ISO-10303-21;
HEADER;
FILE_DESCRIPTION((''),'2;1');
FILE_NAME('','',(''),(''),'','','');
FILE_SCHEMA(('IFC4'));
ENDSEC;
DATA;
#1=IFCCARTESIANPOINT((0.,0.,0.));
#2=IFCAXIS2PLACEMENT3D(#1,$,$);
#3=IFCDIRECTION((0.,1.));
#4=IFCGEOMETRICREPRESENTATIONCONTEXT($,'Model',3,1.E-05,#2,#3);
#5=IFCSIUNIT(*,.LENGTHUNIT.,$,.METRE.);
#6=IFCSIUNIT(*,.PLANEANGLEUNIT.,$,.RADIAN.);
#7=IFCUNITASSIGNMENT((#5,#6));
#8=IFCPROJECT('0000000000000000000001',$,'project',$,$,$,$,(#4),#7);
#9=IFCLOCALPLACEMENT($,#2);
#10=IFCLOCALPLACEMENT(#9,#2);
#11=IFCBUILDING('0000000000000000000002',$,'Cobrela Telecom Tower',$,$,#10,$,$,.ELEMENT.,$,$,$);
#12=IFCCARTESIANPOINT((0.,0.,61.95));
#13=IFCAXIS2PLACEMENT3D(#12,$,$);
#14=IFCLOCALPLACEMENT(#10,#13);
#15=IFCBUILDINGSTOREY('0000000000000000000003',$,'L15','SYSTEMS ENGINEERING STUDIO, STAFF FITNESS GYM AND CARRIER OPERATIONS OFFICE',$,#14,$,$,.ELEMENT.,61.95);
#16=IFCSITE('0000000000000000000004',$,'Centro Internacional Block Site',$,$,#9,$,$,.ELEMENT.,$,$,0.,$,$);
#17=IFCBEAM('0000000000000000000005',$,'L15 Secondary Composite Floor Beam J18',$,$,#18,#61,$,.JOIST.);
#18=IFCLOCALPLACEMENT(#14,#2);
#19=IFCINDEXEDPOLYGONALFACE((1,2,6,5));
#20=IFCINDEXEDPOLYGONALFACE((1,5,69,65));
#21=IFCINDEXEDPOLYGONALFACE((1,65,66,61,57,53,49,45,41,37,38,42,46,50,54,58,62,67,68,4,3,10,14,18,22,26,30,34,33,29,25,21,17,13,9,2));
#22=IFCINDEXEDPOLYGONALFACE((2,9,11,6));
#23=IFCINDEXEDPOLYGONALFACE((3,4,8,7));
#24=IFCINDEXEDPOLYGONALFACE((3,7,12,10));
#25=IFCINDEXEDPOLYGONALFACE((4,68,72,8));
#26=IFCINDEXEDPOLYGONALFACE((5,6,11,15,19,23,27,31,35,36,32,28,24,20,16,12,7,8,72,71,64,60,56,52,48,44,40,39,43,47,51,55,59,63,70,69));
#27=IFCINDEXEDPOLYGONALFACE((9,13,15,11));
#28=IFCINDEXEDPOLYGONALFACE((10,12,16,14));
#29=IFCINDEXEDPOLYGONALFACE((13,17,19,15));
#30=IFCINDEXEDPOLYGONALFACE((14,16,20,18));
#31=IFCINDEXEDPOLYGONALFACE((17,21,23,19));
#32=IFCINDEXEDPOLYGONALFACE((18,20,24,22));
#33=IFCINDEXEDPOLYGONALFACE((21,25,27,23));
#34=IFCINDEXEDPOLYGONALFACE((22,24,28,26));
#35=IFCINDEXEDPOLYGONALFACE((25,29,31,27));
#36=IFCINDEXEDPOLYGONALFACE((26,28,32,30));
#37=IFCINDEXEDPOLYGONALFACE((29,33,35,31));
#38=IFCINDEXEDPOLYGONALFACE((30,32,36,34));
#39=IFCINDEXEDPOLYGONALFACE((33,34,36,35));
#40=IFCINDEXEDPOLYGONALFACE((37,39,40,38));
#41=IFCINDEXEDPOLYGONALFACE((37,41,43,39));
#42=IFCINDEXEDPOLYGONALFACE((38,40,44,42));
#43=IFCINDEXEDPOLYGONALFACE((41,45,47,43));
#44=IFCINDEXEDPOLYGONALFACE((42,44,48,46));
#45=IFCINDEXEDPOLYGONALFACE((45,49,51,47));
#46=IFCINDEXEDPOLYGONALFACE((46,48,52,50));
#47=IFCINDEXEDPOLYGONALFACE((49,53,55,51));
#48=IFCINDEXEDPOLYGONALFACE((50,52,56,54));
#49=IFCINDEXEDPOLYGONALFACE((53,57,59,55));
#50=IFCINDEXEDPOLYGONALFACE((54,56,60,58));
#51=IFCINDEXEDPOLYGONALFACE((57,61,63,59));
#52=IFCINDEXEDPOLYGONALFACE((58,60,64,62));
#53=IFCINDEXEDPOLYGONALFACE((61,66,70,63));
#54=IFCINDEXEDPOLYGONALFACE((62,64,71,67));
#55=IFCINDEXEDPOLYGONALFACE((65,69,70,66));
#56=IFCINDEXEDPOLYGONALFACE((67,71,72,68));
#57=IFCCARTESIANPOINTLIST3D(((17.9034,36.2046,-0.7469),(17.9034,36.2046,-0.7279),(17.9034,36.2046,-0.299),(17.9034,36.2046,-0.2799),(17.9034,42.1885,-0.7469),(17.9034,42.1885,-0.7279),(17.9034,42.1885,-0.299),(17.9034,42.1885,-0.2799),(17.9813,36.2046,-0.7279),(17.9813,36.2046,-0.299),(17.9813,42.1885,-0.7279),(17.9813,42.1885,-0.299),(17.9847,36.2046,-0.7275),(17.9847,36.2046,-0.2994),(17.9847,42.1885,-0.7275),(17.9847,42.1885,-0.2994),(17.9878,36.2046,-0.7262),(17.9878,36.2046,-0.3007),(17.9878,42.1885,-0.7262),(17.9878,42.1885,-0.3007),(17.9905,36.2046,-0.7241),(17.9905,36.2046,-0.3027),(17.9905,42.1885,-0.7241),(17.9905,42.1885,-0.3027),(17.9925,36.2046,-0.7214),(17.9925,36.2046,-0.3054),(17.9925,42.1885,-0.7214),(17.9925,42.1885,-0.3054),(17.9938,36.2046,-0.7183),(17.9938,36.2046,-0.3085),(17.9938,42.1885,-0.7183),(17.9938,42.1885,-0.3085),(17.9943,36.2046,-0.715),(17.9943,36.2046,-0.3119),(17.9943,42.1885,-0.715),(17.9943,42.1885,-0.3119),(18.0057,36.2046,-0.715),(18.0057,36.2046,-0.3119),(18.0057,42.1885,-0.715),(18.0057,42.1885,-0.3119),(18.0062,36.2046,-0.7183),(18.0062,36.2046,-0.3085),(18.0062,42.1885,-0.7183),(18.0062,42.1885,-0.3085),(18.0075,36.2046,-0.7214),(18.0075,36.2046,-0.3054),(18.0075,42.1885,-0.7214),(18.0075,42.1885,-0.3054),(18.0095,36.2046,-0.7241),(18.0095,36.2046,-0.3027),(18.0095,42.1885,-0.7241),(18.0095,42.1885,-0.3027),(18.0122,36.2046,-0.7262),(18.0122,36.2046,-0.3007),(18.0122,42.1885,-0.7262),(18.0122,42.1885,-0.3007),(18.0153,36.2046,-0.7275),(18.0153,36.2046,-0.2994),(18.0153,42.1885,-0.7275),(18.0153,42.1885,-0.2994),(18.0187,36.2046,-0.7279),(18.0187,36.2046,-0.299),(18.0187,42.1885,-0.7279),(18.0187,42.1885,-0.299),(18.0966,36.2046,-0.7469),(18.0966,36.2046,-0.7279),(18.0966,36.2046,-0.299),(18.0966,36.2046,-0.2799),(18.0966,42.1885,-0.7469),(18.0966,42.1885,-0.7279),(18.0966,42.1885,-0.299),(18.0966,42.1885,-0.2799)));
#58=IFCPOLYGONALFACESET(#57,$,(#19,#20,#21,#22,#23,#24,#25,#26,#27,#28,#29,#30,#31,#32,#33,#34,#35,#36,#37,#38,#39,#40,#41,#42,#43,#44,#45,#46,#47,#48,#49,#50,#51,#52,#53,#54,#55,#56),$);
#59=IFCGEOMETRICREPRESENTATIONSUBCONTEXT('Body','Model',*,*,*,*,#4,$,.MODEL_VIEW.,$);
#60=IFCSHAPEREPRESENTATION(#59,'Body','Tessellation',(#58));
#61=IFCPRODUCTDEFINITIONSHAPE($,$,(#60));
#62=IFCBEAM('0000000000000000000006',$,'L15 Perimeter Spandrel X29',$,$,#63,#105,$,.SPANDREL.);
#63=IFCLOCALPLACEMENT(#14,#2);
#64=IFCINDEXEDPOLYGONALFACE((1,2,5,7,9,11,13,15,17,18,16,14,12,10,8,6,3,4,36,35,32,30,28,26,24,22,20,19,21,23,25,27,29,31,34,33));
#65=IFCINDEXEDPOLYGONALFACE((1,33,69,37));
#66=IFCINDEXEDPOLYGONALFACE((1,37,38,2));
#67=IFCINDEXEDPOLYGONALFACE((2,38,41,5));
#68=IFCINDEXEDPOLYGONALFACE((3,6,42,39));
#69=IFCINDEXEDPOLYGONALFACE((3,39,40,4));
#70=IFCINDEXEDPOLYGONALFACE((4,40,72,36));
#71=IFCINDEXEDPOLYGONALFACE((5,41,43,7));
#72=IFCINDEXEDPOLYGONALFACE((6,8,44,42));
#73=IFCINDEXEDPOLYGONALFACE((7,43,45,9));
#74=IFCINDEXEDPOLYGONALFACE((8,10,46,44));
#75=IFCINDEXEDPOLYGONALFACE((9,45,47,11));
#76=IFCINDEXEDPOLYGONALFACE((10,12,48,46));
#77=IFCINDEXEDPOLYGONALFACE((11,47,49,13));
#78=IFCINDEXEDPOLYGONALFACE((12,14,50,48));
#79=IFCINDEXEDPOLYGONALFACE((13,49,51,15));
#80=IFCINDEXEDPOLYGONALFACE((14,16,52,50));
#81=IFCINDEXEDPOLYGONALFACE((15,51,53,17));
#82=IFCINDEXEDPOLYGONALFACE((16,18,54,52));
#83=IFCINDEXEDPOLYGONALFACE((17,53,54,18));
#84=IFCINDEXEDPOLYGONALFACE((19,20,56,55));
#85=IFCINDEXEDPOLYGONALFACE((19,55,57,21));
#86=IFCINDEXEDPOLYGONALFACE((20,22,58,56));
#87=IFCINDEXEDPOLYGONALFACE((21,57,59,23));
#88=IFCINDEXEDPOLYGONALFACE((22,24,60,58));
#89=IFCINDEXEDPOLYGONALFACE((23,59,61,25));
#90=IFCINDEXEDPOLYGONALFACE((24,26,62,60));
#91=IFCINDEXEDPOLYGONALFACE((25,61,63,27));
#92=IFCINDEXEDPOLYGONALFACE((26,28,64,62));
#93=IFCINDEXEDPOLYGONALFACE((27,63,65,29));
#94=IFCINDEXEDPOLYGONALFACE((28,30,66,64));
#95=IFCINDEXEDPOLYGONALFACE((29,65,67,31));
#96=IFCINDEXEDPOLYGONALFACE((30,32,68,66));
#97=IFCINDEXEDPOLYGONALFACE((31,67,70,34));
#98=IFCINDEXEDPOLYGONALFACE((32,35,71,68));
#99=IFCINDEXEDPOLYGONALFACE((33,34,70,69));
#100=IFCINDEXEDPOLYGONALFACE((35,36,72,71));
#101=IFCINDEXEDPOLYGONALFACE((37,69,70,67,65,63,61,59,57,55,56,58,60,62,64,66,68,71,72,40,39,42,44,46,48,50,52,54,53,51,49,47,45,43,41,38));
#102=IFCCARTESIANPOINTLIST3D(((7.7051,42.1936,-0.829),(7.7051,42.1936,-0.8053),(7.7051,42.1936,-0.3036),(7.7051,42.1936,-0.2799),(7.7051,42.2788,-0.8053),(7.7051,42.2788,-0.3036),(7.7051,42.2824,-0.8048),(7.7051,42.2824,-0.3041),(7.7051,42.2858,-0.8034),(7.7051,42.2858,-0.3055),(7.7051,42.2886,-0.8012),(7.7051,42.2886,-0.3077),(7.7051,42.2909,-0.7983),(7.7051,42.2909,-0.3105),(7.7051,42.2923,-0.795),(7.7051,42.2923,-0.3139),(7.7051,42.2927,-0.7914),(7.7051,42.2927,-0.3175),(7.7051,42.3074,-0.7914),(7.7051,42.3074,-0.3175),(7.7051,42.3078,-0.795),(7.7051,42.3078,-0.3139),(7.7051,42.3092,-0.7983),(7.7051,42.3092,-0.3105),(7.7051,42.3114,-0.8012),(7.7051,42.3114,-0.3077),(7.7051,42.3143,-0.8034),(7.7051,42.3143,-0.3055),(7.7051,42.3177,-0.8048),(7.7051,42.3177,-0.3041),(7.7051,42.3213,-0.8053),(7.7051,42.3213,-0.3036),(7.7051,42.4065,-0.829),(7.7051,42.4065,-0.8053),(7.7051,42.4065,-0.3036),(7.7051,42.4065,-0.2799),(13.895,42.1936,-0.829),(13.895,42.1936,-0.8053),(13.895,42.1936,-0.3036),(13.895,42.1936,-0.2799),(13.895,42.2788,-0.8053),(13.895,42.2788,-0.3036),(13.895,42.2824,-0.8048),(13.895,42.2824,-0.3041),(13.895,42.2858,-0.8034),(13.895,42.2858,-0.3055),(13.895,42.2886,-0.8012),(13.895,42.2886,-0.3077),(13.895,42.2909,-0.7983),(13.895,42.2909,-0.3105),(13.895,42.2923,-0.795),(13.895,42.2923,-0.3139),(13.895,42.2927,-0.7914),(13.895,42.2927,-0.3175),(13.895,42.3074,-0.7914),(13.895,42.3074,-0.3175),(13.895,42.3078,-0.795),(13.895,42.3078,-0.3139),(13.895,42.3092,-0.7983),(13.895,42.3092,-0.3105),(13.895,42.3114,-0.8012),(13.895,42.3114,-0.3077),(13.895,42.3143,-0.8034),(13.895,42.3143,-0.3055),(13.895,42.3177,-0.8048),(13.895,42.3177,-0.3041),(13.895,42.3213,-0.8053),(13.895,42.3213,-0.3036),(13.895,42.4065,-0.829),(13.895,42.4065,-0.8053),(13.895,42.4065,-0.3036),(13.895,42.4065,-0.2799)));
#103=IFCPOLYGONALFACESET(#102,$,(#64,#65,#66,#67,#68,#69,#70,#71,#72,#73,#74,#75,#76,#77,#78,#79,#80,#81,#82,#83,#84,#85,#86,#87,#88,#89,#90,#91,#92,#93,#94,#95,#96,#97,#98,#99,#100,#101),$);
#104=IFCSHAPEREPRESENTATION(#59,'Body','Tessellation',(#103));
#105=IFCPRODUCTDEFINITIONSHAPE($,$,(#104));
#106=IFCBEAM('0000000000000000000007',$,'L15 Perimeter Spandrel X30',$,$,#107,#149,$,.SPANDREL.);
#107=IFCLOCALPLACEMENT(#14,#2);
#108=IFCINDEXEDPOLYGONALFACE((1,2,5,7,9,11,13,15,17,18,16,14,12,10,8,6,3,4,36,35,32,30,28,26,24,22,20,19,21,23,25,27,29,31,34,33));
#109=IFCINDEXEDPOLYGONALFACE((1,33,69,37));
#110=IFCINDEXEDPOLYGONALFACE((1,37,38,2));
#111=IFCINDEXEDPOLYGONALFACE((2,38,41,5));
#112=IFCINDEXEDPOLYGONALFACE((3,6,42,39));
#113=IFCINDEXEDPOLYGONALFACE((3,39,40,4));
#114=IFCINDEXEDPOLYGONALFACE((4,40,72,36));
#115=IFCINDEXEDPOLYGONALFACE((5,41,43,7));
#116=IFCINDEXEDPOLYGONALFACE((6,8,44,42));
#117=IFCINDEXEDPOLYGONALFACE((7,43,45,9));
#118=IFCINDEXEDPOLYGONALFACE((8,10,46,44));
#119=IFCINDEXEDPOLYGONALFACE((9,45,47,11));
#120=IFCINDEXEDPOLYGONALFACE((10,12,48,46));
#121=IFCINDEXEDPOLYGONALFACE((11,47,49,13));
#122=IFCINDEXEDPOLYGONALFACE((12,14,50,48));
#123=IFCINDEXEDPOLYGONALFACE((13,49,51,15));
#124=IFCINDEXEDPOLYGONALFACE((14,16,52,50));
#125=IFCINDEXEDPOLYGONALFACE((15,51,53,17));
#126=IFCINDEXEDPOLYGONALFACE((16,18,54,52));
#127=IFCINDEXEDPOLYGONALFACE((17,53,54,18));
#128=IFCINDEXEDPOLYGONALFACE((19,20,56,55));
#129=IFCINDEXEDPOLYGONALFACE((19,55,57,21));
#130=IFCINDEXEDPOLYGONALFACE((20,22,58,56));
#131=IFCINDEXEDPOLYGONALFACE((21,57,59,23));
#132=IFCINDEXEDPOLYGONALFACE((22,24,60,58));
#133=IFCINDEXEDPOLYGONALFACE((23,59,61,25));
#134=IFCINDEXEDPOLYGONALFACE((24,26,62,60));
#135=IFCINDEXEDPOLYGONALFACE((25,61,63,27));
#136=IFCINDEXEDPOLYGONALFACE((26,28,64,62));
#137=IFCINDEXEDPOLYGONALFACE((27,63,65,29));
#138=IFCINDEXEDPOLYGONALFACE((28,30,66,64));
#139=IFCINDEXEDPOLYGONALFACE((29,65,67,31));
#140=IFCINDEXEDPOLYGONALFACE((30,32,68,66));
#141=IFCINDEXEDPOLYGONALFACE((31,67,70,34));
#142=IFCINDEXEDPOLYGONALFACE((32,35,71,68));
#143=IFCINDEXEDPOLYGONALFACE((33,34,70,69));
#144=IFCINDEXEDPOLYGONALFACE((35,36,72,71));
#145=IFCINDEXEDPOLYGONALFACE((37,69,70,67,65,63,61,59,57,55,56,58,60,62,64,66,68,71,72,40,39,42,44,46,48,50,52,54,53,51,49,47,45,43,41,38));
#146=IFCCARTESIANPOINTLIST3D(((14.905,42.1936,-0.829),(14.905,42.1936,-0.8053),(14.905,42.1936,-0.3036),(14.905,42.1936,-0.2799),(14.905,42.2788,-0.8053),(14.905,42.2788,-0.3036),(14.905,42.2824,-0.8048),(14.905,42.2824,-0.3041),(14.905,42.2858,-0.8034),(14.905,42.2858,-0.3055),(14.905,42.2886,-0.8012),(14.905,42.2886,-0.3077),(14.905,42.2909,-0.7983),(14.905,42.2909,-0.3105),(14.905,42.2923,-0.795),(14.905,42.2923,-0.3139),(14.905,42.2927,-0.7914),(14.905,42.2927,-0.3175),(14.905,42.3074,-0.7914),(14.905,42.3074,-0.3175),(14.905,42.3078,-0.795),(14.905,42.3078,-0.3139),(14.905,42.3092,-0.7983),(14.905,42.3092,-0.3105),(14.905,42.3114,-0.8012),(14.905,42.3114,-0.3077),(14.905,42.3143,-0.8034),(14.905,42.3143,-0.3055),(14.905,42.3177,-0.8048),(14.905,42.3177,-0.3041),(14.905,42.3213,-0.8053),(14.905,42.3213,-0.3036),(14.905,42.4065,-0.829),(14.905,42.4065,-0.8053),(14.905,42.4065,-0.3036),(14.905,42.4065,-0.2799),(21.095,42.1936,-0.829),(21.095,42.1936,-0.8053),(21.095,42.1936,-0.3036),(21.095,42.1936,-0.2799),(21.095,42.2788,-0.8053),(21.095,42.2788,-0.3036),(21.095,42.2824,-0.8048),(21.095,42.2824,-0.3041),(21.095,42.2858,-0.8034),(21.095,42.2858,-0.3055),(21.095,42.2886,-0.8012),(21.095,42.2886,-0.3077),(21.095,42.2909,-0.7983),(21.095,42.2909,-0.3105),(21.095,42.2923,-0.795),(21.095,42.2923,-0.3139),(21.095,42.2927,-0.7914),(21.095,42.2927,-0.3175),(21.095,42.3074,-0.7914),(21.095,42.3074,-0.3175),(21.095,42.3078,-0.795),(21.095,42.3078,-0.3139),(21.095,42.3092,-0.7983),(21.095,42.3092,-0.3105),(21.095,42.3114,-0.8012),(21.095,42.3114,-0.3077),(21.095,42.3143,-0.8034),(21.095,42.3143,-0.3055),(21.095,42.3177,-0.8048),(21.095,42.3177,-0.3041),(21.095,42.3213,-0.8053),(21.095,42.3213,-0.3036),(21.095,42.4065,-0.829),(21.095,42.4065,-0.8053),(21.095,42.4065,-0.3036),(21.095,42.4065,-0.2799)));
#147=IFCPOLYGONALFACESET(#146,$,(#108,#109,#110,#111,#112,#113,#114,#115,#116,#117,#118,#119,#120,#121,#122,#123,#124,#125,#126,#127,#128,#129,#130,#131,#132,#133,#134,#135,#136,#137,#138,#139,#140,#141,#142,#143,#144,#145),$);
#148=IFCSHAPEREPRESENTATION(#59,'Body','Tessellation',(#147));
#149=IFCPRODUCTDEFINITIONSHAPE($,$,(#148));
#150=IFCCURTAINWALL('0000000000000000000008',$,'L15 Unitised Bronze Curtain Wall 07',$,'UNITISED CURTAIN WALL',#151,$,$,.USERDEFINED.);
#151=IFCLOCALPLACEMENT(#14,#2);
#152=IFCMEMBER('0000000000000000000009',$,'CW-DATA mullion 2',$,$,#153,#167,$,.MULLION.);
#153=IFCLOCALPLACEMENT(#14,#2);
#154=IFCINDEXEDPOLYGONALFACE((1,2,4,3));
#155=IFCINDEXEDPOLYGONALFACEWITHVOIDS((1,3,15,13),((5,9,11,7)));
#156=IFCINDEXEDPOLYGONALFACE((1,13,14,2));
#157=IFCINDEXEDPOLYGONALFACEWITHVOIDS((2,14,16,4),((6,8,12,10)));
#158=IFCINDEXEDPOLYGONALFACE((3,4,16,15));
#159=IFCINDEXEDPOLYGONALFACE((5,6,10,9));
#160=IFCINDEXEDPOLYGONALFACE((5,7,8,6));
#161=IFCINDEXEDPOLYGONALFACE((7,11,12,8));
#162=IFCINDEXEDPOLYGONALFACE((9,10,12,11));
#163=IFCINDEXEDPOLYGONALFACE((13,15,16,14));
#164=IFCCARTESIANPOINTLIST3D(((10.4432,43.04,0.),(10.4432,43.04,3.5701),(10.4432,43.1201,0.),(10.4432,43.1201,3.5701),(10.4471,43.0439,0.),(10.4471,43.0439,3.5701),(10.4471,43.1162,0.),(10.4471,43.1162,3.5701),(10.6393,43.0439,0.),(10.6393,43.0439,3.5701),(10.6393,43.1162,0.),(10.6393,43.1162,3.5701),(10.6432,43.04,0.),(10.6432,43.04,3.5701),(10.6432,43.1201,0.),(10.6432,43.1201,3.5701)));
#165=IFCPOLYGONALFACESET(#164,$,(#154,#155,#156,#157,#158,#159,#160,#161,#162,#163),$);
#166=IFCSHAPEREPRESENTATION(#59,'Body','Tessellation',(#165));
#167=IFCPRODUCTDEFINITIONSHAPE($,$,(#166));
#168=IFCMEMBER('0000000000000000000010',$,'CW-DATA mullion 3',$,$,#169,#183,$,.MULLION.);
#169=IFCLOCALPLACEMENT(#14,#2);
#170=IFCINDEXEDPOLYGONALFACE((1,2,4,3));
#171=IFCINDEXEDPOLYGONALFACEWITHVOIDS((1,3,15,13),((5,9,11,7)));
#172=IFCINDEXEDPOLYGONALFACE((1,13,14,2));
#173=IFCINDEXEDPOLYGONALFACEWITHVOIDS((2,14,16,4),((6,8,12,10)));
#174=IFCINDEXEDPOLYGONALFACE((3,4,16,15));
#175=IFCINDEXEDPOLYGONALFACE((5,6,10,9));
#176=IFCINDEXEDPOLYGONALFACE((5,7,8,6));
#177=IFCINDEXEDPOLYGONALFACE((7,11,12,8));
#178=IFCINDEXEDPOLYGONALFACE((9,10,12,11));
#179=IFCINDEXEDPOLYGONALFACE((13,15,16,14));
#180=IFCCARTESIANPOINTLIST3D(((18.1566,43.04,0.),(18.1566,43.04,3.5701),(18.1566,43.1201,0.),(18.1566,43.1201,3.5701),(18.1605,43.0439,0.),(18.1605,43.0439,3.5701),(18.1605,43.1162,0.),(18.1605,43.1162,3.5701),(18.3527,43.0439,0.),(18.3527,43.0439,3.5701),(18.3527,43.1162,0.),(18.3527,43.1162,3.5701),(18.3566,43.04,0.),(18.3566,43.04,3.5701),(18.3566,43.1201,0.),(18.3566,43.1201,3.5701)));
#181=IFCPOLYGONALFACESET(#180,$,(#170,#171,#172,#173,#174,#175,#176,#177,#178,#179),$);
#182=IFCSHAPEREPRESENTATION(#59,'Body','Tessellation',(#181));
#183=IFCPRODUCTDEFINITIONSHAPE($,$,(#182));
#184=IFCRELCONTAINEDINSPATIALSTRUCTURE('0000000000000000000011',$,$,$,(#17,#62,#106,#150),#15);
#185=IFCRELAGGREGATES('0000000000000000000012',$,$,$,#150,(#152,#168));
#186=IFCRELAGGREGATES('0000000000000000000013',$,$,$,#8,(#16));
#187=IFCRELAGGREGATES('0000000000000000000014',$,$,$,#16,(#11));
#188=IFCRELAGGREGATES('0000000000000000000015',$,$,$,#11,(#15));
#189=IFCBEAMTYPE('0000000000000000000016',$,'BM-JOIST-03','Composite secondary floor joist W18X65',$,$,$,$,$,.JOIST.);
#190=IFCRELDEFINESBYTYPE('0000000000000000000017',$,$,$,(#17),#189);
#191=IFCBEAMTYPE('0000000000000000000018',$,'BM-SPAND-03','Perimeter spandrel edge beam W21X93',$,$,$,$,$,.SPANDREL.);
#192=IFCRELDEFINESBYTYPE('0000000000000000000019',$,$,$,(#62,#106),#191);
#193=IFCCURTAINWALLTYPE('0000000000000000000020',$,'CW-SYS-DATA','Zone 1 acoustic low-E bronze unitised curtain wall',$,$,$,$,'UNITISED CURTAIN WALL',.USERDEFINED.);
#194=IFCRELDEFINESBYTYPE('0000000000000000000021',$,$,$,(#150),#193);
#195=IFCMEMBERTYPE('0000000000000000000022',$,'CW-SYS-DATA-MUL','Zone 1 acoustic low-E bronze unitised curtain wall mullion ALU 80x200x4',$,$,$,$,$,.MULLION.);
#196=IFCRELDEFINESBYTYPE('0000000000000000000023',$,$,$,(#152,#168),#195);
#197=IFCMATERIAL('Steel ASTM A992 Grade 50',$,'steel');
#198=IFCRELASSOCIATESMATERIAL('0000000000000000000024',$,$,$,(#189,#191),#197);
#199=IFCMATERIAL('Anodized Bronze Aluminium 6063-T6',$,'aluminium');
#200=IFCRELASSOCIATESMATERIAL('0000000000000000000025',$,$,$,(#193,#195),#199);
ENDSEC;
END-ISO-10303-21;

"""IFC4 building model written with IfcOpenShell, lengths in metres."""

from ifc_helpers import new_model, si_unit, direction, frame, origin, origin_2d, place, context, subcontext, project, spatial, hollow_rectangle, i_section, extrude, material, material_profile, profile_set, type_object, element, aggregate, save


model = new_model("IFC4")

# Units and contexts
model_context = context("Model", 3, precision=1e-05, world=origin(), true_north=direction((0.0, 1.0)))
body_context = subcontext(model_context, "Body", "Model", "MODEL_VIEW")
ifc_project = project(units=[si_unit("LENGTHUNIT", "METRE"), si_unit("PLANEANGLEUNIT", "RADIAN")], contexts=[model_context])

# Site, building, storey
site_placement = place(None, origin())
site = spatial("IfcSite", under=ifc_project, at=site_placement, Name="Centro Internacional Block Site", CompositionType="ELEMENT", RefElevation=0.0)
building_placement = place(site_placement, origin())
building = spatial("IfcBuilding", under=site, at=building_placement, Name="Cobrela Telecom Tower", CompositionType="ELEMENT")
storey_placement = place(building_placement, frame((0.0, 0.0, 61.95)))
storey = spatial("IfcBuildingStorey", under=building, at=storey_placement, Name="L15", Description="SYSTEMS ENGINEERING STUDIO, STAFF FITNESS GYM AND CARRIER OPERATIONS OFFICE", CompositionType="ELEMENT", Elevation=61.95)

# Beams
ifc_material_1 = material(Name="Steel ASTM A992 Grade 50", Category="steel")
ifc_material_profile_1 = material_profile(ifc_material_1, i_section(OverallWidth=0.1931, OverallDepth=0.467, WebThickness=0.0115, FlangeThickness=0.019, FilletRadius=0.0129, at=origin_2d()), Name="W18X65")
ifc_profile_set_1 = profile_set([ifc_material_profile_1], Name="Steel ASTM A992 Grade 50")
beam_type_1 = type_object("IfcBeamType", Name="BM-JOIST-03", Description="Composite secondary floor joist W18X65", PredefinedType="JOIST", material=ifc_profile_set_1)
for number, where, z_axis, x_axis, name in (
    (1, (18.0, 36.2046, -0.5134), (0.0, 1.0, 0.0), (-1.0, 0.0, 0.0), "L15 Secondary Composite Floor Beam J18"),
):
    element("IfcBeam", number, at=place(storey_placement, frame(where, z_axis=z_axis, x_axis=x_axis)), inside=storey, type_object=beam_type_1, Name=name, PredefinedType="JOIST", context=body_context, shape_type="SweptSolid", body=[
        extrude(i_section(OverallWidth=0.1931, OverallDepth=0.467, WebThickness=0.0115, FlangeThickness=0.019, FilletRadius=0.0129, at=origin_2d()), origin(), (0.0, 0.0, 1.0), 5.9839),
    ])
ifc_material_profile_2 = material_profile(ifc_material_1, i_section(OverallWidth=0.2129, OverallDepth=0.5491, WebThickness=0.0146, FlangeThickness=0.0237, FilletRadius=0.0139, at=origin_2d()), Name="W21X93")
ifc_profile_set_2 = profile_set([ifc_material_profile_2], Name="Steel ASTM A992 Grade 50")
beam_type_2 = type_object("IfcBeamType", Name="BM-SPAND-03", Description="Perimeter spandrel edge beam W21X93", PredefinedType="SPANDREL", material=ifc_profile_set_2)
for number, where, z_axis, x_axis, name in (
    (2, (7.7051, 42.3, -0.5544), (1.0, 0.0, 0.0), (0.0, 1.0, 0.0), "L15 Perimeter Spandrel X29"),
    (3, (14.905, 42.3, -0.5544), (1.0, 0.0, 0.0), (0.0, 1.0, 0.0), "L15 Perimeter Spandrel X30"),
):
    element("IfcBeam", number, at=place(storey_placement, frame(where, z_axis=z_axis, x_axis=x_axis)), inside=storey, type_object=beam_type_2, Name=name, PredefinedType="SPANDREL", context=body_context, shape_type="SweptSolid", body=[
        extrude(i_section(OverallWidth=0.2129, OverallDepth=0.5491, WebThickness=0.0146, FlangeThickness=0.0237, FilletRadius=0.0139, at=origin_2d()), origin(), (0.0, 0.0, 1.0), 6.1899),
    ])

# Curtain wall, members
ifc_material_2 = material(Name="Anodized Bronze Aluminium 6063-T6", Category="aluminium")
curtain_wall_type = type_object("IfcCurtainWallType", Name="CW-SYS-DATA", Description="Zone 1 acoustic low-E bronze unitised curtain wall", ElementType="UNITISED CURTAIN WALL", PredefinedType="USERDEFINED", material=ifc_material_2)
curtain_wall_placement = place(storey_placement, origin())
curtain_wall = element("IfcCurtainWall", 4, at=curtain_wall_placement, inside=storey, type_object=curtain_wall_type, Name="L15 Unitised Bronze Curtain Wall 07", ObjectType="UNITISED CURTAIN WALL", PredefinedType="USERDEFINED")
ifc_material_profile_3 = material_profile(ifc_material_2, hollow_rectangle(XDim=0.0801, YDim=0.2, WallThickness=0.0039, at=origin_2d()), Name="ALU 80x200x4")
ifc_profile_set_3 = profile_set([ifc_material_profile_3], Name="Anodized Bronze Aluminium 6063-T6")
member_type_1 = type_object("IfcMemberType", Name="CW-SYS-DATA-MUL", Description="Zone 1 acoustic low-E bronze unitised curtain wall mullion ALU 80x200x4", PredefinedType="MULLION", material=ifc_profile_set_3)
member_1_placement = place(storey_placement, frame((10.5432, 43.0801, 0.0), z_axis=(0.0, 0.0, 1.0), x_axis=(0.0, 1.0, 0.0)))
member_1 = element("IfcMember", 5, at=member_1_placement, type_object=member_type_1, Name="CW-DATA mullion 2", PredefinedType="MULLION", context=body_context, shape_type="SweptSolid", body=[
    extrude(hollow_rectangle(XDim=0.0801, YDim=0.2, WallThickness=0.0039, at=origin_2d()), origin(), (0.0, 0.0, 1.0), 3.5701),
])
member_2_placement = place(storey_placement, frame((18.2566, 43.0801, 0.0), z_axis=(0.0, 0.0, 1.0), x_axis=(0.0, 1.0, 0.0)))
member_2 = element("IfcMember", 6, at=member_2_placement, type_object=member_type_1, Name="CW-DATA mullion 3", PredefinedType="MULLION", context=body_context, shape_type="SweptSolid", body=[
    extrude(hollow_rectangle(XDim=0.0801, YDim=0.2, WallThickness=0.0039, at=origin_2d()), origin(), (0.0, 0.0, 1.0), 3.5701),
])
aggregate(curtain_wall, [member_1, member_2])

save(model, "model.ifc")
